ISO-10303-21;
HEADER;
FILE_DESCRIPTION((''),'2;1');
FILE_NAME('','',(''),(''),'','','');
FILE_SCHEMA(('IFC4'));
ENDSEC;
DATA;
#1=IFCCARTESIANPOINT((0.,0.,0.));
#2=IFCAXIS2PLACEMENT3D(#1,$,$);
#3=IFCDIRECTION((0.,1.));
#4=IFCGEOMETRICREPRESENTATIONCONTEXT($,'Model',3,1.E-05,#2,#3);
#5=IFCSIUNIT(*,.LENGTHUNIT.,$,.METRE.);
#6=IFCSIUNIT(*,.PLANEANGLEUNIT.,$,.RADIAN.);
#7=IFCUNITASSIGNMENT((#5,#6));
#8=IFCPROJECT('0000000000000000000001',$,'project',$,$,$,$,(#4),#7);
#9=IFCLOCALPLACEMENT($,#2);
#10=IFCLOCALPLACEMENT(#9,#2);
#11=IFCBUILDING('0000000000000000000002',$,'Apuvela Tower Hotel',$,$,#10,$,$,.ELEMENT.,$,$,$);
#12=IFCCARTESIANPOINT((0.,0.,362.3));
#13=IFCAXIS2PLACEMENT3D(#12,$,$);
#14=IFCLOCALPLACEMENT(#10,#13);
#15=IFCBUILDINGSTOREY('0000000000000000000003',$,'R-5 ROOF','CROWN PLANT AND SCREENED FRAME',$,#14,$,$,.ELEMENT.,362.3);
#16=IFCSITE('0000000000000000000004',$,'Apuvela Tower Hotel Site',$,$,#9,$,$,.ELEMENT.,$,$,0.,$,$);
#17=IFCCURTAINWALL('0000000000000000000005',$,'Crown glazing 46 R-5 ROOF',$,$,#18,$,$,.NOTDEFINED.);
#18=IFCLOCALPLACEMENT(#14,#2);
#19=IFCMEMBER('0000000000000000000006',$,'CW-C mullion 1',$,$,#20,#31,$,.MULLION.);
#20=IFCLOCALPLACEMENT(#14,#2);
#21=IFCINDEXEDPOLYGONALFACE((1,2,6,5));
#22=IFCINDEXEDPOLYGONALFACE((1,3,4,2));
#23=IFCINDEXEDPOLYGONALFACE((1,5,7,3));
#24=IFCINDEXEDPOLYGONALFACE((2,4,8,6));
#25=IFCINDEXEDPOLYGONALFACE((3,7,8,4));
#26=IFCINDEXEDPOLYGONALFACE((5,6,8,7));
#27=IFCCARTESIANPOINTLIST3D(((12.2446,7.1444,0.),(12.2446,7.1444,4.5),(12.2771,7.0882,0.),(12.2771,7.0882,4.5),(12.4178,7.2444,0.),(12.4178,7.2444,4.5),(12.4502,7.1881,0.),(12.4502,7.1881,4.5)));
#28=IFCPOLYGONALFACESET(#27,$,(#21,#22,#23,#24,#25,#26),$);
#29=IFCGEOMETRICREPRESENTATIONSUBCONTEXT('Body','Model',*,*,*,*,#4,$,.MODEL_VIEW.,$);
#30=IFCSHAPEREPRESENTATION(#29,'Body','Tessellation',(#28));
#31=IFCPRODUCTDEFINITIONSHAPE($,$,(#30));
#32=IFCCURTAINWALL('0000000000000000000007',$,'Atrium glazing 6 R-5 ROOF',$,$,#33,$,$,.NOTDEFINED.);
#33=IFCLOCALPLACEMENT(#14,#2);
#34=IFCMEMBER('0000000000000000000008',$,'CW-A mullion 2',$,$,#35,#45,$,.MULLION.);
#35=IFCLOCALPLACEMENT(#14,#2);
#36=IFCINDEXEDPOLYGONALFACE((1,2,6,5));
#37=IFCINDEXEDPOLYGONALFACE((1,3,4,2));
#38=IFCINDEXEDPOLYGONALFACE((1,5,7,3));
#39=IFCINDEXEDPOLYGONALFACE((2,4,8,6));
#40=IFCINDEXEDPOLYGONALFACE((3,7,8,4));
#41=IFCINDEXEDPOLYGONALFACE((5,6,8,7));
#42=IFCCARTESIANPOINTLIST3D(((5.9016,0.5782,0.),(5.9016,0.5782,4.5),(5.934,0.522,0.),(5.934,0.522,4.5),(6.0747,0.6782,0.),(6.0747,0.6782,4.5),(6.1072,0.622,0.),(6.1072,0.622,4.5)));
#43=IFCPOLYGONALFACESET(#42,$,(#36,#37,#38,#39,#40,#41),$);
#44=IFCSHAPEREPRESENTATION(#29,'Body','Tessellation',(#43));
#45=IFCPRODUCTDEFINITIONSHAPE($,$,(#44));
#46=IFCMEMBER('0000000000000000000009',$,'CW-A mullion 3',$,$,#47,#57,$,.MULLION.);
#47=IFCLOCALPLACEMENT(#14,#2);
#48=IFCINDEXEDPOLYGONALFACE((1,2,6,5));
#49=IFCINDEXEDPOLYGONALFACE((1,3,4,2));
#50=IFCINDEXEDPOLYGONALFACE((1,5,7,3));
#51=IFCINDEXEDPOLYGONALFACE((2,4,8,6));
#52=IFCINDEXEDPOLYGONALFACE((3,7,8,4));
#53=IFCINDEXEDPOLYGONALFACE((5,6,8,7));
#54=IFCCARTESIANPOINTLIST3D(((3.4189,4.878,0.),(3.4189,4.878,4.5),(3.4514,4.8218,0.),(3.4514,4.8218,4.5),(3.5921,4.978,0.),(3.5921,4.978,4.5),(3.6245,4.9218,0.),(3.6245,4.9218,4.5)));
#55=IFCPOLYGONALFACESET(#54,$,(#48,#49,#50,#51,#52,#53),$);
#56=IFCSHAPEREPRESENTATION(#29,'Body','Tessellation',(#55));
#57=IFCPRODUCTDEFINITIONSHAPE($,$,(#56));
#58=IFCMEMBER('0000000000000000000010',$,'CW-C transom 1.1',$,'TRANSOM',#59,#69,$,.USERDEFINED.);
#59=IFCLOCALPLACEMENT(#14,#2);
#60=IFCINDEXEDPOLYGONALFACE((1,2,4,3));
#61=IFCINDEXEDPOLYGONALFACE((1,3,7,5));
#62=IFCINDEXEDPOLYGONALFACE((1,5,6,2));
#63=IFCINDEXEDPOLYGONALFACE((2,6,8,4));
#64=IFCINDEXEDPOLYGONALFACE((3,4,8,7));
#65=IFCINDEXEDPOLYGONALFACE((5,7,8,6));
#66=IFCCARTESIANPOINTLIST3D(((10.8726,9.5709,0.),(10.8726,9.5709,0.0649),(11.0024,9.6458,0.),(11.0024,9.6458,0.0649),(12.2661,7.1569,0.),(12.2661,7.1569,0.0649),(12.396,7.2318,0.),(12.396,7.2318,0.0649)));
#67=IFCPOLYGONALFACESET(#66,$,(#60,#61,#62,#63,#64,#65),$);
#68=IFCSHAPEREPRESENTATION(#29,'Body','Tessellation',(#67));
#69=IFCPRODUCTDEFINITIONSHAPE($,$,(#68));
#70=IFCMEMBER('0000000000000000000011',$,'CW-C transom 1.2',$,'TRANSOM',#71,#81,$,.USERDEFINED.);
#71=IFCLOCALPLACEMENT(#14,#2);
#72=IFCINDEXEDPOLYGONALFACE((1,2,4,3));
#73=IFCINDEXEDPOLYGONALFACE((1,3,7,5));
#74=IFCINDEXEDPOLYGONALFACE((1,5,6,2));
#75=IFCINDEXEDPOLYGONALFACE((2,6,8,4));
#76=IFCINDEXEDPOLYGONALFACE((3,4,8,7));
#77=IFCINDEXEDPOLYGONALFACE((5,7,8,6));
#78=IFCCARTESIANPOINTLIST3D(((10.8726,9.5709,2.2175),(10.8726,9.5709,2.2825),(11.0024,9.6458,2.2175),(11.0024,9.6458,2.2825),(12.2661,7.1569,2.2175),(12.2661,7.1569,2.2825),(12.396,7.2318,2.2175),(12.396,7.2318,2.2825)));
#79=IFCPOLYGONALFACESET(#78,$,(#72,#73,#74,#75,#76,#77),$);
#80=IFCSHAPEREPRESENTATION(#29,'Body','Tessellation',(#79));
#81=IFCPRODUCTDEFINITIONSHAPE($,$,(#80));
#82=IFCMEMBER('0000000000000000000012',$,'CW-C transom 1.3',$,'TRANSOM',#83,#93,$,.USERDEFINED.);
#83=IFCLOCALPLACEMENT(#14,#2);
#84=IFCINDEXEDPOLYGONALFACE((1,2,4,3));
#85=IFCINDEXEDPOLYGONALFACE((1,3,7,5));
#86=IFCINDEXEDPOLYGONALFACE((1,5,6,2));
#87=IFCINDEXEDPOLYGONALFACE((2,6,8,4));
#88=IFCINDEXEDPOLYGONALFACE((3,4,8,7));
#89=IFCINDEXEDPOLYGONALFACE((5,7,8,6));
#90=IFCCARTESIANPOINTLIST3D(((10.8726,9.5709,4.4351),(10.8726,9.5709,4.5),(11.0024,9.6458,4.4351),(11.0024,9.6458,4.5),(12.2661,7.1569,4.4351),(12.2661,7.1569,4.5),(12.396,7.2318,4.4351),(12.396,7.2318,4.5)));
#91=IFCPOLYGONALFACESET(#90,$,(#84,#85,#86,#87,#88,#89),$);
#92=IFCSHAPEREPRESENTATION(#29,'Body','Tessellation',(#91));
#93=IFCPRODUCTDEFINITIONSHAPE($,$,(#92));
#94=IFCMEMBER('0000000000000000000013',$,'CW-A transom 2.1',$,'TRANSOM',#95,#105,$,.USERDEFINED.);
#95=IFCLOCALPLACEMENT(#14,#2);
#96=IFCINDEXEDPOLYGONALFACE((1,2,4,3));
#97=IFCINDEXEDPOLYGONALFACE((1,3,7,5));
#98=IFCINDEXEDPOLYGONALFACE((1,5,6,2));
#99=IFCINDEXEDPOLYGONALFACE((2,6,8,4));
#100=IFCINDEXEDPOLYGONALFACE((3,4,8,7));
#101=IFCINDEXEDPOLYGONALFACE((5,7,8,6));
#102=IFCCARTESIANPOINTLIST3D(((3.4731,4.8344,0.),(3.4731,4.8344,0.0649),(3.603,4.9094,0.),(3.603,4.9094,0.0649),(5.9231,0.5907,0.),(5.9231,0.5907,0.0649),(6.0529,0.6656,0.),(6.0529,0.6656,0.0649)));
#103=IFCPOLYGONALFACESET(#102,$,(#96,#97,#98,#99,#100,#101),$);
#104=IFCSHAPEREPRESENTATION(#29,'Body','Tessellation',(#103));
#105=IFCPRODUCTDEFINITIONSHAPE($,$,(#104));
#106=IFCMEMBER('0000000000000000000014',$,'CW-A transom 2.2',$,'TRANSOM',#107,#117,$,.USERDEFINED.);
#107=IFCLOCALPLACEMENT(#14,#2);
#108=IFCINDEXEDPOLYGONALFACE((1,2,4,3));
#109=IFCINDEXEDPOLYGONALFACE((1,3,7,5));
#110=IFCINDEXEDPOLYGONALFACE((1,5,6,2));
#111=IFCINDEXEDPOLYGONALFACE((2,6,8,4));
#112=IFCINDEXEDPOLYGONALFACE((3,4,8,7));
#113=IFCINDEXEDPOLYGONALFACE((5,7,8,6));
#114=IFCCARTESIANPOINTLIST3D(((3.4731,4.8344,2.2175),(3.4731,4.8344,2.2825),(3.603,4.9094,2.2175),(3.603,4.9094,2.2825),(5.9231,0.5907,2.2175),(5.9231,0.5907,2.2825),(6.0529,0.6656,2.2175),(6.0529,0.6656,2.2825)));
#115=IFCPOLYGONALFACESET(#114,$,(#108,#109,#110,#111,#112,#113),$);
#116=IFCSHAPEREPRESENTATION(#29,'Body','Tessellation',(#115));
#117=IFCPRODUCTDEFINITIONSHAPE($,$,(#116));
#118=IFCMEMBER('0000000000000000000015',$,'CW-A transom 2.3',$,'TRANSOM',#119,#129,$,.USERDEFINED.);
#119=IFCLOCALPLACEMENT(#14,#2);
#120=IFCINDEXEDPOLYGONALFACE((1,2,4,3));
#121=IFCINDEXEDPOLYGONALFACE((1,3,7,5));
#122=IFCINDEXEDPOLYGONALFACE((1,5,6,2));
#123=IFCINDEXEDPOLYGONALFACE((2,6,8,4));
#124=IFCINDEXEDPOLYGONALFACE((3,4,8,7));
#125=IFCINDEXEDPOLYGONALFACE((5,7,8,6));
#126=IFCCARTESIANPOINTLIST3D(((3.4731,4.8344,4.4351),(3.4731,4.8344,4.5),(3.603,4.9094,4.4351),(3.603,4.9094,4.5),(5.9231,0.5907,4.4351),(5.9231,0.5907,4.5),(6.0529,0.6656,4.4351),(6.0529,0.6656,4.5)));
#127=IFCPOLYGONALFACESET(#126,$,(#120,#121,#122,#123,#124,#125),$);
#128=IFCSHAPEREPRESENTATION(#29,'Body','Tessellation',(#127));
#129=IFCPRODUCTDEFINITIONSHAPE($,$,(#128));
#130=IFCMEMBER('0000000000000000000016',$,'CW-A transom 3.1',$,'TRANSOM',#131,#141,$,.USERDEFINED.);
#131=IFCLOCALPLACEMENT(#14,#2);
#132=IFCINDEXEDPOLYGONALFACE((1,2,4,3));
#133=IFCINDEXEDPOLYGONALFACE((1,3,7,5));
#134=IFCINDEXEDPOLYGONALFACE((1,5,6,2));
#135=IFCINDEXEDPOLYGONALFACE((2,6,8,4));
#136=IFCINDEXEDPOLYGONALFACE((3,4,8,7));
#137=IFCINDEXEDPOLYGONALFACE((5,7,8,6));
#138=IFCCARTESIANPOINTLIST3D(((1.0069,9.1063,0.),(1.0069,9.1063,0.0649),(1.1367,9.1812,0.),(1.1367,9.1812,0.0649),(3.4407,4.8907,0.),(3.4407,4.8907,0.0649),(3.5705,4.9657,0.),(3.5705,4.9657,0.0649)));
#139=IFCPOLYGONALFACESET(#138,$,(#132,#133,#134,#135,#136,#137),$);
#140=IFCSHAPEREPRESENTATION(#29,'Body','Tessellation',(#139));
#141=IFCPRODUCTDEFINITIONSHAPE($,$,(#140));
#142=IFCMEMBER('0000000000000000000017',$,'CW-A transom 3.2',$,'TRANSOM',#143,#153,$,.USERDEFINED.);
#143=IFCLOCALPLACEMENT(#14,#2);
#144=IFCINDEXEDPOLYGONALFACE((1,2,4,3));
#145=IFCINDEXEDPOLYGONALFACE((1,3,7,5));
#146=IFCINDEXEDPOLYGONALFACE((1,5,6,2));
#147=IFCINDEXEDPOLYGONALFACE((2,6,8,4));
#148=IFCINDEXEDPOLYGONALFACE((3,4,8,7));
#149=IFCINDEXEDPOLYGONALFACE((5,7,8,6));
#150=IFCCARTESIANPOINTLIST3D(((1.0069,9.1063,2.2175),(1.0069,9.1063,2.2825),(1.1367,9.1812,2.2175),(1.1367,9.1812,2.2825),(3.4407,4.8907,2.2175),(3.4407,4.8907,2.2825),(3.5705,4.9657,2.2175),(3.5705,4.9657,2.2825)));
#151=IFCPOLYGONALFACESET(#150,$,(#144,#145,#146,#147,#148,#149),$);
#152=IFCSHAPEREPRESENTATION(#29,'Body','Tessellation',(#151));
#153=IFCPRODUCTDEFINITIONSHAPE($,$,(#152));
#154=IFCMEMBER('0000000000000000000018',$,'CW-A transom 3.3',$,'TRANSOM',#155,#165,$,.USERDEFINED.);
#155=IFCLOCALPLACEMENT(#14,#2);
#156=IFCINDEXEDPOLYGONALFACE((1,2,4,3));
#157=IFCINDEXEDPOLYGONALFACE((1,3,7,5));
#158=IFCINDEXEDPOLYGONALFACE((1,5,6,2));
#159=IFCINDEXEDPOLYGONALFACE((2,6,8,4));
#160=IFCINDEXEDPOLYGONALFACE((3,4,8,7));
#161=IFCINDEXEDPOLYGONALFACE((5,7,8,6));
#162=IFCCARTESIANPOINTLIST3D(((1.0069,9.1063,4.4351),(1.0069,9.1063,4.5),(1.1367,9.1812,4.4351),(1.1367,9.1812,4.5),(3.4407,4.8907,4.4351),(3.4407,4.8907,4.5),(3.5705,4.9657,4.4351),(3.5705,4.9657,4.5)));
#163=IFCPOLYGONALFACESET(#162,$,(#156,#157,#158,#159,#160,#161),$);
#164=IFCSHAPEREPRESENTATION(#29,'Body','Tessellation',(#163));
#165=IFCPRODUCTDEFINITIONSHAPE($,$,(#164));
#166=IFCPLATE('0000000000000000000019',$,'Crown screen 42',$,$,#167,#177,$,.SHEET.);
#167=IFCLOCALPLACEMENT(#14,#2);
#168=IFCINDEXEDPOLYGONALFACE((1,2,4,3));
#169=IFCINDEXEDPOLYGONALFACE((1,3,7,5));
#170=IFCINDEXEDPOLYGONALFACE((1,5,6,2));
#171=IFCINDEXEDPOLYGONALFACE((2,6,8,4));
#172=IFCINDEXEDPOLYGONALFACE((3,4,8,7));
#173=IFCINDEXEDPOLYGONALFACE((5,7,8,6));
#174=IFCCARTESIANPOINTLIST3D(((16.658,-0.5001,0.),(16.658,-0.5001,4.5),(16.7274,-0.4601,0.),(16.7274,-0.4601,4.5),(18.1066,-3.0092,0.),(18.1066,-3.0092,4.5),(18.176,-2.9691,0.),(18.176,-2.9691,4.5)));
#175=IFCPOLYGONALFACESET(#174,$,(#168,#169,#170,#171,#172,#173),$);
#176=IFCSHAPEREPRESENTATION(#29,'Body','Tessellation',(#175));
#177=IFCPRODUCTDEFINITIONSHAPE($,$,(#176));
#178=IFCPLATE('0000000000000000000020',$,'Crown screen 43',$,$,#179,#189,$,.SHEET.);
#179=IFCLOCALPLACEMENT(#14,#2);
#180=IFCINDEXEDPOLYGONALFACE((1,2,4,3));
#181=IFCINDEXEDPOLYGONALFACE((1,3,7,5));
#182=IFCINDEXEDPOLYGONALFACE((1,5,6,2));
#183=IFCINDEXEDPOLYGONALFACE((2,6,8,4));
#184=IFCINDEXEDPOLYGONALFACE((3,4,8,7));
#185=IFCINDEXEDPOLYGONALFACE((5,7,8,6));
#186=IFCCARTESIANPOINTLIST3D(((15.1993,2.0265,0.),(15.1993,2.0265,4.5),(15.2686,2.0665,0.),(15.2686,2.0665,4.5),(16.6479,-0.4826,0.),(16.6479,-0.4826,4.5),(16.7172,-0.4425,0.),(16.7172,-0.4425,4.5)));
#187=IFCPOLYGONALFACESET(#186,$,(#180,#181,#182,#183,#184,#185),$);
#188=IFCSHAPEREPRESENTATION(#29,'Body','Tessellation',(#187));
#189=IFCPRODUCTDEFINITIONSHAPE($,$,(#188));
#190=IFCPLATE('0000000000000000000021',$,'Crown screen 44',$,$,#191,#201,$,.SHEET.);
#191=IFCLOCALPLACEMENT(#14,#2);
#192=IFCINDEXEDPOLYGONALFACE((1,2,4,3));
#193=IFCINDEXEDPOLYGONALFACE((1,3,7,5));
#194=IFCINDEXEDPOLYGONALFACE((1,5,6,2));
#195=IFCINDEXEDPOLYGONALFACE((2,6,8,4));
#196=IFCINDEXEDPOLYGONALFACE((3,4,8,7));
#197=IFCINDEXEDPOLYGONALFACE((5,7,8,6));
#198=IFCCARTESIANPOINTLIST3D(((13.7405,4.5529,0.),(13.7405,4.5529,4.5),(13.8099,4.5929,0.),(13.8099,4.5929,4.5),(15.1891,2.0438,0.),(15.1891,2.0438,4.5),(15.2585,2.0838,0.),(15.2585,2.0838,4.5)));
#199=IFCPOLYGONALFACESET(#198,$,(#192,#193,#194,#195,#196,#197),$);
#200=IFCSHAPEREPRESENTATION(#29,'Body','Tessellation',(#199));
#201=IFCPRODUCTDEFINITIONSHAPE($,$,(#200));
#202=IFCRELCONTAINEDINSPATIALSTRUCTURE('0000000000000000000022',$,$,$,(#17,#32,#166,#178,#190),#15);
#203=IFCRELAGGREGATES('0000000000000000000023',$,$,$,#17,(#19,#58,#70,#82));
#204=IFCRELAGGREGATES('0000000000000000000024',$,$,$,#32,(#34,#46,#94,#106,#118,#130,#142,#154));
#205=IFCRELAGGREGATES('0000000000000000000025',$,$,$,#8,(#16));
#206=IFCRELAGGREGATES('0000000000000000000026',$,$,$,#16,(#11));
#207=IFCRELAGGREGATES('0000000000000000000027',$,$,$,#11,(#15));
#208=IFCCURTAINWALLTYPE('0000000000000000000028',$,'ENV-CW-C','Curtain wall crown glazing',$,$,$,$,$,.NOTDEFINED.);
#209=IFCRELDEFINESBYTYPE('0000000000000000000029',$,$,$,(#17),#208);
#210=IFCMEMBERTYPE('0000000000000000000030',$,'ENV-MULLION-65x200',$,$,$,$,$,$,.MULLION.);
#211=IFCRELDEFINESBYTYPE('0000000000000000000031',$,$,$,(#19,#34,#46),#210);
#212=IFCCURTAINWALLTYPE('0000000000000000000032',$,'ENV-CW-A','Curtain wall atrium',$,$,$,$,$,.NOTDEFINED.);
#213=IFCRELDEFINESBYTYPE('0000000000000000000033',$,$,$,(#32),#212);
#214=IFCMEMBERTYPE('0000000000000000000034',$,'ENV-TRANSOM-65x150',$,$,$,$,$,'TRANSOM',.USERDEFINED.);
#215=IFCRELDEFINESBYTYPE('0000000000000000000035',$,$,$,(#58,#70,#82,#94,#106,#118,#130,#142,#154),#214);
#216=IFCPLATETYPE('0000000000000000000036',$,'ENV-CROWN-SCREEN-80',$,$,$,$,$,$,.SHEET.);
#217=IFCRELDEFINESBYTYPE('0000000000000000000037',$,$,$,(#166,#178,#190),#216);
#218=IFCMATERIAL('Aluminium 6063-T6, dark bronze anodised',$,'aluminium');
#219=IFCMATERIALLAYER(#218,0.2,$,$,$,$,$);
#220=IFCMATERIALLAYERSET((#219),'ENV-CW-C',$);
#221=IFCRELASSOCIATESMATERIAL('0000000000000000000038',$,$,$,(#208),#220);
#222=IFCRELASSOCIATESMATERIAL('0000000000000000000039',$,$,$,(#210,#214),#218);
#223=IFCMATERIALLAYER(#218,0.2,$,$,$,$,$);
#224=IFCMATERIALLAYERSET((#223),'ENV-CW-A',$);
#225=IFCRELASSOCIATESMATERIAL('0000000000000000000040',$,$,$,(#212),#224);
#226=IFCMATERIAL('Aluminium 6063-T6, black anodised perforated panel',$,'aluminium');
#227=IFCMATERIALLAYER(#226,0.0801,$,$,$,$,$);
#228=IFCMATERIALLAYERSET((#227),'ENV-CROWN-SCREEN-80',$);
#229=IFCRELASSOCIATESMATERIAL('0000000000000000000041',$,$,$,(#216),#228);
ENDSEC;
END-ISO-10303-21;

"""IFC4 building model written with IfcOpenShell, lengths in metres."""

from ifc_helpers import new_model, si_unit, direction, frame, origin, origin_2d, place, context, subcontext, project, spatial, rectangle, extrude, material, layer, layer_set, material_profile, profile_set, type_object, element, aggregate, save


model = new_model("IFC4")

# Units and contexts
model_context = context("Model", 3, precision=1e-05, world=origin(), true_north=direction((0.0, 1.0)))
body_context = subcontext(model_context, "Body", "Model", "MODEL_VIEW")
ifc_project = project(units=[si_unit("LENGTHUNIT", "METRE"), si_unit("PLANEANGLEUNIT", "RADIAN")], contexts=[model_context])

# Site, building, storey
site_placement = place(None, origin())
site = spatial("IfcSite", under=ifc_project, at=site_placement, Name="Apuvela Tower Hotel Site", CompositionType="ELEMENT", RefElevation=0.0)
building_placement = place(site_placement, origin())
building = spatial("IfcBuilding", under=site, at=building_placement, Name="Apuvela Tower Hotel", CompositionType="ELEMENT")
storey_placement = place(building_placement, frame((0.0, 0.0, 362.3)))
storey = spatial("IfcBuildingStorey", under=building, at=storey_placement, Name="R-5 ROOF", Description="CROWN PLANT AND SCREENED FRAME", CompositionType="ELEMENT", Elevation=362.3)

# Curtain wall, member
ifc_material_1 = material(Name="Aluminium 6063-T6, dark bronze anodised", Category="aluminium")
ifc_layer_1 = layer(ifc_material_1, 0.2)
ifc_layer_set_1 = layer_set([ifc_layer_1], Name="ENV-CW-C")
curtain_wall_type_1 = type_object("IfcCurtainWallType", Name="ENV-CW-C", Description="Curtain wall crown glazing", PredefinedType="NOTDEFINED", material=ifc_layer_set_1)
curtain_wall_1_placement = place(storey_placement, origin())
curtain_wall_1 = element("IfcCurtainWall", 1, at=curtain_wall_1_placement, inside=storey, type_object=curtain_wall_type_1, Name="Crown glazing 46 R-5 ROOF", PredefinedType="NOTDEFINED")
ifc_material_profile_1 = material_profile(ifc_material_1, rectangle(XDim=0.2, YDim=0.0649, at=origin_2d()), Name="AL 65x200")
ifc_profile_set_1 = profile_set([ifc_material_profile_1], Name="Aluminium 6063-T6, dark bronze anodised")
member_type_1 = type_object("IfcMemberType", Name="ENV-MULLION-65x200", PredefinedType="MULLION", material=ifc_profile_set_1)
member_1_placement = place(storey_placement, frame((12.3474, 7.1663, 0.0), z_axis=(0.0, 0.0, 1.0), x_axis=(-0.866022, -0.500006, 0.0)))
member_1 = element("IfcMember", 2, at=member_1_placement, type_object=member_type_1, Name="CW-C mullion 1", PredefinedType="MULLION", context=body_context, shape_type="SweptSolid", body=[
    extrude(rectangle(XDim=0.2, YDim=0.0649, at=origin_2d()), origin(), (0.0, 0.0, 1.0), 4.5),
])

# Curtain wall, members
ifc_layer_2 = layer(ifc_material_1, 0.2)
ifc_layer_set_2 = layer_set([ifc_layer_2], Name="ENV-CW-A")
curtain_wall_type_2 = type_object("IfcCurtainWallType", Name="ENV-CW-A", Description="Curtain wall atrium", PredefinedType="NOTDEFINED", material=ifc_layer_set_2)
curtain_wall_2_placement = place(storey_placement, origin())
curtain_wall_2 = element("IfcCurtainWall", 3, at=curtain_wall_2_placement, inside=storey, type_object=curtain_wall_type_2, Name="Atrium glazing 6 R-5 ROOF", PredefinedType="NOTDEFINED")
member_2_placement = place(storey_placement, frame((6.0044, 0.6001, 0.0), z_axis=(0.0, 0.0, 1.0), x_axis=(-0.866026, -0.499999, 0.0)))
member_2 = element("IfcMember", 4, at=member_2_placement, type_object=member_type_1, Name="CW-A mullion 2", PredefinedType="MULLION", context=body_context, shape_type="SweptSolid", body=[
    extrude(rectangle(XDim=0.2, YDim=0.0649, at=origin_2d()), origin(), (0.0, 0.0, 1.0), 4.5),
])
member_3_placement = place(storey_placement, frame((3.5217, 4.8999, 0.0), z_axis=(0.0, 0.0, 1.0), x_axis=(-0.866026, -0.499999, 0.0)))
member_3 = element("IfcMember", 5, at=member_3_placement, type_object=member_type_1, Name="CW-A mullion 3", PredefinedType="MULLION", context=body_context, shape_type="SweptSolid", body=[
    extrude(rectangle(XDim=0.2, YDim=0.0649, at=origin_2d()), origin(), (0.0, 0.0, 1.0), 4.5),
])

# Members
ifc_material_profile_2 = material_profile(ifc_material_1, rectangle(XDim=0.1499, YDim=0.0649, at=origin_2d()), Name="AL 65x150 transom")
ifc_profile_set_2 = profile_set([ifc_material_profile_2], Name="Aluminium 6063-T6, dark bronze anodised")
member_type_2 = type_object("IfcMemberType", Name="ENV-TRANSOM-65x150", ElementType="TRANSOM", PredefinedType="USERDEFINED", material=ifc_profile_set_2)
member_4_placement = place(storey_placement, frame((12.3311, 7.1943, 0.0325), z_axis=(-0.499945, 0.866057, 0.0), x_axis=(-0.866057, -0.499945, 0.0)))
member_4 = element("IfcMember", 6, at=member_4_placement, type_object=member_type_2, Name="CW-C transom 1.1", ObjectType="TRANSOM", PredefinedType="USERDEFINED", context=body_context, shape_type="SweptSolid", body=[
    extrude(rectangle(XDim=0.1499, YDim=0.0649, at=origin_2d()), origin(), (0.0, 0.0, 1.0), 2.7874),
])
member_5_placement = place(storey_placement, frame((12.3311, 7.1943, 2.25), z_axis=(-0.499945, 0.866057, 0.0), x_axis=(-0.866057, -0.499945, 0.0)))
member_5 = element("IfcMember", 7, at=member_5_placement, type_object=member_type_2, Name="CW-C transom 1.2", ObjectType="TRANSOM", PredefinedType="USERDEFINED", context=body_context, shape_type="SweptSolid", body=[
    extrude(rectangle(XDim=0.1499, YDim=0.0649, at=origin_2d()), origin(), (0.0, 0.0, 1.0), 2.7874),
])
member_6_placement = place(storey_placement, frame((12.3311, 7.1943, 4.4675), z_axis=(-0.499945, 0.866057, 0.0), x_axis=(-0.866057, -0.499945, 0.0)))
member_6 = element("IfcMember", 8, at=member_6_placement, type_object=member_type_2, Name="CW-C transom 1.3", ObjectType="TRANSOM", PredefinedType="USERDEFINED", context=body_context, shape_type="SweptSolid", body=[
    extrude(rectangle(XDim=0.1499, YDim=0.0649, at=origin_2d()), origin(), (0.0, 0.0, 1.0), 2.7874),
])
aggregate(curtain_wall_1, [member_1, member_4, member_5, member_6])
member_7_placement = place(storey_placement, frame((5.988, 0.6282, 0.0325), z_axis=(-0.499981, 0.866036, 0.0), x_axis=(-0.866036, -0.499981, 0.0)))
member_7 = element("IfcMember", 9, at=member_7_placement, type_object=member_type_2, Name="CW-A transom 2.1", ObjectType="TRANSOM", PredefinedType="USERDEFINED", context=body_context, shape_type="SweptSolid", body=[
    extrude(rectangle(XDim=0.1499, YDim=0.0649, at=origin_2d()), origin(), (0.0, 0.0, 1.0), 4.9001),
])
member_8_placement = place(storey_placement, frame((5.988, 0.6282, 2.25), z_axis=(-0.499981, 0.866036, 0.0), x_axis=(-0.866036, -0.499981, 0.0)))
member_8 = element("IfcMember", 10, at=member_8_placement, type_object=member_type_2, Name="CW-A transom 2.2", ObjectType="TRANSOM", PredefinedType="USERDEFINED", context=body_context, shape_type="SweptSolid", body=[
    extrude(rectangle(XDim=0.1499, YDim=0.0649, at=origin_2d()), origin(), (0.0, 0.0, 1.0), 4.9001),
])
member_9_placement = place(storey_placement, frame((5.988, 0.6282, 4.4675), z_axis=(-0.499981, 0.866036, 0.0), x_axis=(-0.866036, -0.499981, 0.0)))
member_9 = element("IfcMember", 11, at=member_9_placement, type_object=member_type_2, Name="CW-A transom 2.3", ObjectType="TRANSOM", PredefinedType="USERDEFINED", context=body_context, shape_type="SweptSolid", body=[
    extrude(rectangle(XDim=0.1499, YDim=0.0649, at=origin_2d()), origin(), (0.0, 0.0, 1.0), 4.9001),
])
member_10_placement = place(storey_placement, frame((3.5056, 4.9282, 0.0325), z_axis=(-0.499996, 0.866028, 0.0), x_axis=(-0.866028, -0.499996, 0.0)))
member_10 = element("IfcMember", 12, at=member_10_placement, type_object=member_type_2, Name="CW-A transom 3.1", ObjectType="TRANSOM", PredefinedType="USERDEFINED", context=body_context, shape_type="SweptSolid", body=[
    extrude(rectangle(XDim=0.1499, YDim=0.0649, at=origin_2d()), origin(), (0.0, 0.0, 1.0), 4.8677),
])
member_11_placement = place(storey_placement, frame((3.5056, 4.9282, 2.25), z_axis=(-0.499996, 0.866028, 0.0), x_axis=(-0.866028, -0.499996, 0.0)))
member_11 = element("IfcMember", 13, at=member_11_placement, type_object=member_type_2, Name="CW-A transom 3.2", ObjectType="TRANSOM", PredefinedType="USERDEFINED", context=body_context, shape_type="SweptSolid", body=[
    extrude(rectangle(XDim=0.1499, YDim=0.0649, at=origin_2d()), origin(), (0.0, 0.0, 1.0), 4.8677),
])
member_12_placement = place(storey_placement, frame((3.5056, 4.9282, 4.4675), z_axis=(-0.499996, 0.866028, 0.0), x_axis=(-0.866028, -0.499996, 0.0)))
member_12 = element("IfcMember", 14, at=member_12_placement, type_object=member_type_2, Name="CW-A transom 3.3", ObjectType="TRANSOM", PredefinedType="USERDEFINED", context=body_context, shape_type="SweptSolid", body=[
    extrude(rectangle(XDim=0.1499, YDim=0.0649, at=origin_2d()), origin(), (0.0, 0.0, 1.0), 4.8677),
])

# Plates
ifc_material_2 = material(Name="Aluminium 6063-T6, black anodised perforated panel", Category="aluminium")
ifc_layer_3 = layer(ifc_material_2, 0.0801)
ifc_layer_set_3 = layer_set([ifc_layer_3], Name="ENV-CROWN-SCREEN-80")
plate_type_1 = type_object("IfcPlateType", Name="ENV-CROWN-SCREEN-80", PredefinedType="SHEET", material=ifc_layer_set_3)
for number, where, z_axis, x_axis, name in (
    (15, (17.417, -1.7346, 0.0), (0.0, 0.0, 1.0), (-0.5, 0.866025, 0.0), "Crown screen 42"),
    (16, (15.9583, 0.792, 0.0), (0.0, 0.0, 1.0), (-0.5, 0.866025, 0.0), "Crown screen 43"),
    (17, (14.4995, 3.3184, 0.0), (0.0, 0.0, 1.0), (-0.5, 0.866025, 0.0), "Crown screen 44"),
):
    element("IfcPlate", number, at=place(storey_placement, frame(where, z_axis=z_axis, x_axis=x_axis)), inside=storey, type_object=plate_type_1, Name=name, PredefinedType="SHEET", context=body_context, shape_type="SweptSolid", body=[
        extrude(rectangle(XDim=2.8972, YDim=0.0801, at=origin_2d()), origin(), (0.0, 0.0, 1.0), 4.5),
    ])

aggregate(curtain_wall_2, [member_2, member_3, member_7, member_8, member_9, member_10, member_11, member_12])

save(model, "model.ifc")
